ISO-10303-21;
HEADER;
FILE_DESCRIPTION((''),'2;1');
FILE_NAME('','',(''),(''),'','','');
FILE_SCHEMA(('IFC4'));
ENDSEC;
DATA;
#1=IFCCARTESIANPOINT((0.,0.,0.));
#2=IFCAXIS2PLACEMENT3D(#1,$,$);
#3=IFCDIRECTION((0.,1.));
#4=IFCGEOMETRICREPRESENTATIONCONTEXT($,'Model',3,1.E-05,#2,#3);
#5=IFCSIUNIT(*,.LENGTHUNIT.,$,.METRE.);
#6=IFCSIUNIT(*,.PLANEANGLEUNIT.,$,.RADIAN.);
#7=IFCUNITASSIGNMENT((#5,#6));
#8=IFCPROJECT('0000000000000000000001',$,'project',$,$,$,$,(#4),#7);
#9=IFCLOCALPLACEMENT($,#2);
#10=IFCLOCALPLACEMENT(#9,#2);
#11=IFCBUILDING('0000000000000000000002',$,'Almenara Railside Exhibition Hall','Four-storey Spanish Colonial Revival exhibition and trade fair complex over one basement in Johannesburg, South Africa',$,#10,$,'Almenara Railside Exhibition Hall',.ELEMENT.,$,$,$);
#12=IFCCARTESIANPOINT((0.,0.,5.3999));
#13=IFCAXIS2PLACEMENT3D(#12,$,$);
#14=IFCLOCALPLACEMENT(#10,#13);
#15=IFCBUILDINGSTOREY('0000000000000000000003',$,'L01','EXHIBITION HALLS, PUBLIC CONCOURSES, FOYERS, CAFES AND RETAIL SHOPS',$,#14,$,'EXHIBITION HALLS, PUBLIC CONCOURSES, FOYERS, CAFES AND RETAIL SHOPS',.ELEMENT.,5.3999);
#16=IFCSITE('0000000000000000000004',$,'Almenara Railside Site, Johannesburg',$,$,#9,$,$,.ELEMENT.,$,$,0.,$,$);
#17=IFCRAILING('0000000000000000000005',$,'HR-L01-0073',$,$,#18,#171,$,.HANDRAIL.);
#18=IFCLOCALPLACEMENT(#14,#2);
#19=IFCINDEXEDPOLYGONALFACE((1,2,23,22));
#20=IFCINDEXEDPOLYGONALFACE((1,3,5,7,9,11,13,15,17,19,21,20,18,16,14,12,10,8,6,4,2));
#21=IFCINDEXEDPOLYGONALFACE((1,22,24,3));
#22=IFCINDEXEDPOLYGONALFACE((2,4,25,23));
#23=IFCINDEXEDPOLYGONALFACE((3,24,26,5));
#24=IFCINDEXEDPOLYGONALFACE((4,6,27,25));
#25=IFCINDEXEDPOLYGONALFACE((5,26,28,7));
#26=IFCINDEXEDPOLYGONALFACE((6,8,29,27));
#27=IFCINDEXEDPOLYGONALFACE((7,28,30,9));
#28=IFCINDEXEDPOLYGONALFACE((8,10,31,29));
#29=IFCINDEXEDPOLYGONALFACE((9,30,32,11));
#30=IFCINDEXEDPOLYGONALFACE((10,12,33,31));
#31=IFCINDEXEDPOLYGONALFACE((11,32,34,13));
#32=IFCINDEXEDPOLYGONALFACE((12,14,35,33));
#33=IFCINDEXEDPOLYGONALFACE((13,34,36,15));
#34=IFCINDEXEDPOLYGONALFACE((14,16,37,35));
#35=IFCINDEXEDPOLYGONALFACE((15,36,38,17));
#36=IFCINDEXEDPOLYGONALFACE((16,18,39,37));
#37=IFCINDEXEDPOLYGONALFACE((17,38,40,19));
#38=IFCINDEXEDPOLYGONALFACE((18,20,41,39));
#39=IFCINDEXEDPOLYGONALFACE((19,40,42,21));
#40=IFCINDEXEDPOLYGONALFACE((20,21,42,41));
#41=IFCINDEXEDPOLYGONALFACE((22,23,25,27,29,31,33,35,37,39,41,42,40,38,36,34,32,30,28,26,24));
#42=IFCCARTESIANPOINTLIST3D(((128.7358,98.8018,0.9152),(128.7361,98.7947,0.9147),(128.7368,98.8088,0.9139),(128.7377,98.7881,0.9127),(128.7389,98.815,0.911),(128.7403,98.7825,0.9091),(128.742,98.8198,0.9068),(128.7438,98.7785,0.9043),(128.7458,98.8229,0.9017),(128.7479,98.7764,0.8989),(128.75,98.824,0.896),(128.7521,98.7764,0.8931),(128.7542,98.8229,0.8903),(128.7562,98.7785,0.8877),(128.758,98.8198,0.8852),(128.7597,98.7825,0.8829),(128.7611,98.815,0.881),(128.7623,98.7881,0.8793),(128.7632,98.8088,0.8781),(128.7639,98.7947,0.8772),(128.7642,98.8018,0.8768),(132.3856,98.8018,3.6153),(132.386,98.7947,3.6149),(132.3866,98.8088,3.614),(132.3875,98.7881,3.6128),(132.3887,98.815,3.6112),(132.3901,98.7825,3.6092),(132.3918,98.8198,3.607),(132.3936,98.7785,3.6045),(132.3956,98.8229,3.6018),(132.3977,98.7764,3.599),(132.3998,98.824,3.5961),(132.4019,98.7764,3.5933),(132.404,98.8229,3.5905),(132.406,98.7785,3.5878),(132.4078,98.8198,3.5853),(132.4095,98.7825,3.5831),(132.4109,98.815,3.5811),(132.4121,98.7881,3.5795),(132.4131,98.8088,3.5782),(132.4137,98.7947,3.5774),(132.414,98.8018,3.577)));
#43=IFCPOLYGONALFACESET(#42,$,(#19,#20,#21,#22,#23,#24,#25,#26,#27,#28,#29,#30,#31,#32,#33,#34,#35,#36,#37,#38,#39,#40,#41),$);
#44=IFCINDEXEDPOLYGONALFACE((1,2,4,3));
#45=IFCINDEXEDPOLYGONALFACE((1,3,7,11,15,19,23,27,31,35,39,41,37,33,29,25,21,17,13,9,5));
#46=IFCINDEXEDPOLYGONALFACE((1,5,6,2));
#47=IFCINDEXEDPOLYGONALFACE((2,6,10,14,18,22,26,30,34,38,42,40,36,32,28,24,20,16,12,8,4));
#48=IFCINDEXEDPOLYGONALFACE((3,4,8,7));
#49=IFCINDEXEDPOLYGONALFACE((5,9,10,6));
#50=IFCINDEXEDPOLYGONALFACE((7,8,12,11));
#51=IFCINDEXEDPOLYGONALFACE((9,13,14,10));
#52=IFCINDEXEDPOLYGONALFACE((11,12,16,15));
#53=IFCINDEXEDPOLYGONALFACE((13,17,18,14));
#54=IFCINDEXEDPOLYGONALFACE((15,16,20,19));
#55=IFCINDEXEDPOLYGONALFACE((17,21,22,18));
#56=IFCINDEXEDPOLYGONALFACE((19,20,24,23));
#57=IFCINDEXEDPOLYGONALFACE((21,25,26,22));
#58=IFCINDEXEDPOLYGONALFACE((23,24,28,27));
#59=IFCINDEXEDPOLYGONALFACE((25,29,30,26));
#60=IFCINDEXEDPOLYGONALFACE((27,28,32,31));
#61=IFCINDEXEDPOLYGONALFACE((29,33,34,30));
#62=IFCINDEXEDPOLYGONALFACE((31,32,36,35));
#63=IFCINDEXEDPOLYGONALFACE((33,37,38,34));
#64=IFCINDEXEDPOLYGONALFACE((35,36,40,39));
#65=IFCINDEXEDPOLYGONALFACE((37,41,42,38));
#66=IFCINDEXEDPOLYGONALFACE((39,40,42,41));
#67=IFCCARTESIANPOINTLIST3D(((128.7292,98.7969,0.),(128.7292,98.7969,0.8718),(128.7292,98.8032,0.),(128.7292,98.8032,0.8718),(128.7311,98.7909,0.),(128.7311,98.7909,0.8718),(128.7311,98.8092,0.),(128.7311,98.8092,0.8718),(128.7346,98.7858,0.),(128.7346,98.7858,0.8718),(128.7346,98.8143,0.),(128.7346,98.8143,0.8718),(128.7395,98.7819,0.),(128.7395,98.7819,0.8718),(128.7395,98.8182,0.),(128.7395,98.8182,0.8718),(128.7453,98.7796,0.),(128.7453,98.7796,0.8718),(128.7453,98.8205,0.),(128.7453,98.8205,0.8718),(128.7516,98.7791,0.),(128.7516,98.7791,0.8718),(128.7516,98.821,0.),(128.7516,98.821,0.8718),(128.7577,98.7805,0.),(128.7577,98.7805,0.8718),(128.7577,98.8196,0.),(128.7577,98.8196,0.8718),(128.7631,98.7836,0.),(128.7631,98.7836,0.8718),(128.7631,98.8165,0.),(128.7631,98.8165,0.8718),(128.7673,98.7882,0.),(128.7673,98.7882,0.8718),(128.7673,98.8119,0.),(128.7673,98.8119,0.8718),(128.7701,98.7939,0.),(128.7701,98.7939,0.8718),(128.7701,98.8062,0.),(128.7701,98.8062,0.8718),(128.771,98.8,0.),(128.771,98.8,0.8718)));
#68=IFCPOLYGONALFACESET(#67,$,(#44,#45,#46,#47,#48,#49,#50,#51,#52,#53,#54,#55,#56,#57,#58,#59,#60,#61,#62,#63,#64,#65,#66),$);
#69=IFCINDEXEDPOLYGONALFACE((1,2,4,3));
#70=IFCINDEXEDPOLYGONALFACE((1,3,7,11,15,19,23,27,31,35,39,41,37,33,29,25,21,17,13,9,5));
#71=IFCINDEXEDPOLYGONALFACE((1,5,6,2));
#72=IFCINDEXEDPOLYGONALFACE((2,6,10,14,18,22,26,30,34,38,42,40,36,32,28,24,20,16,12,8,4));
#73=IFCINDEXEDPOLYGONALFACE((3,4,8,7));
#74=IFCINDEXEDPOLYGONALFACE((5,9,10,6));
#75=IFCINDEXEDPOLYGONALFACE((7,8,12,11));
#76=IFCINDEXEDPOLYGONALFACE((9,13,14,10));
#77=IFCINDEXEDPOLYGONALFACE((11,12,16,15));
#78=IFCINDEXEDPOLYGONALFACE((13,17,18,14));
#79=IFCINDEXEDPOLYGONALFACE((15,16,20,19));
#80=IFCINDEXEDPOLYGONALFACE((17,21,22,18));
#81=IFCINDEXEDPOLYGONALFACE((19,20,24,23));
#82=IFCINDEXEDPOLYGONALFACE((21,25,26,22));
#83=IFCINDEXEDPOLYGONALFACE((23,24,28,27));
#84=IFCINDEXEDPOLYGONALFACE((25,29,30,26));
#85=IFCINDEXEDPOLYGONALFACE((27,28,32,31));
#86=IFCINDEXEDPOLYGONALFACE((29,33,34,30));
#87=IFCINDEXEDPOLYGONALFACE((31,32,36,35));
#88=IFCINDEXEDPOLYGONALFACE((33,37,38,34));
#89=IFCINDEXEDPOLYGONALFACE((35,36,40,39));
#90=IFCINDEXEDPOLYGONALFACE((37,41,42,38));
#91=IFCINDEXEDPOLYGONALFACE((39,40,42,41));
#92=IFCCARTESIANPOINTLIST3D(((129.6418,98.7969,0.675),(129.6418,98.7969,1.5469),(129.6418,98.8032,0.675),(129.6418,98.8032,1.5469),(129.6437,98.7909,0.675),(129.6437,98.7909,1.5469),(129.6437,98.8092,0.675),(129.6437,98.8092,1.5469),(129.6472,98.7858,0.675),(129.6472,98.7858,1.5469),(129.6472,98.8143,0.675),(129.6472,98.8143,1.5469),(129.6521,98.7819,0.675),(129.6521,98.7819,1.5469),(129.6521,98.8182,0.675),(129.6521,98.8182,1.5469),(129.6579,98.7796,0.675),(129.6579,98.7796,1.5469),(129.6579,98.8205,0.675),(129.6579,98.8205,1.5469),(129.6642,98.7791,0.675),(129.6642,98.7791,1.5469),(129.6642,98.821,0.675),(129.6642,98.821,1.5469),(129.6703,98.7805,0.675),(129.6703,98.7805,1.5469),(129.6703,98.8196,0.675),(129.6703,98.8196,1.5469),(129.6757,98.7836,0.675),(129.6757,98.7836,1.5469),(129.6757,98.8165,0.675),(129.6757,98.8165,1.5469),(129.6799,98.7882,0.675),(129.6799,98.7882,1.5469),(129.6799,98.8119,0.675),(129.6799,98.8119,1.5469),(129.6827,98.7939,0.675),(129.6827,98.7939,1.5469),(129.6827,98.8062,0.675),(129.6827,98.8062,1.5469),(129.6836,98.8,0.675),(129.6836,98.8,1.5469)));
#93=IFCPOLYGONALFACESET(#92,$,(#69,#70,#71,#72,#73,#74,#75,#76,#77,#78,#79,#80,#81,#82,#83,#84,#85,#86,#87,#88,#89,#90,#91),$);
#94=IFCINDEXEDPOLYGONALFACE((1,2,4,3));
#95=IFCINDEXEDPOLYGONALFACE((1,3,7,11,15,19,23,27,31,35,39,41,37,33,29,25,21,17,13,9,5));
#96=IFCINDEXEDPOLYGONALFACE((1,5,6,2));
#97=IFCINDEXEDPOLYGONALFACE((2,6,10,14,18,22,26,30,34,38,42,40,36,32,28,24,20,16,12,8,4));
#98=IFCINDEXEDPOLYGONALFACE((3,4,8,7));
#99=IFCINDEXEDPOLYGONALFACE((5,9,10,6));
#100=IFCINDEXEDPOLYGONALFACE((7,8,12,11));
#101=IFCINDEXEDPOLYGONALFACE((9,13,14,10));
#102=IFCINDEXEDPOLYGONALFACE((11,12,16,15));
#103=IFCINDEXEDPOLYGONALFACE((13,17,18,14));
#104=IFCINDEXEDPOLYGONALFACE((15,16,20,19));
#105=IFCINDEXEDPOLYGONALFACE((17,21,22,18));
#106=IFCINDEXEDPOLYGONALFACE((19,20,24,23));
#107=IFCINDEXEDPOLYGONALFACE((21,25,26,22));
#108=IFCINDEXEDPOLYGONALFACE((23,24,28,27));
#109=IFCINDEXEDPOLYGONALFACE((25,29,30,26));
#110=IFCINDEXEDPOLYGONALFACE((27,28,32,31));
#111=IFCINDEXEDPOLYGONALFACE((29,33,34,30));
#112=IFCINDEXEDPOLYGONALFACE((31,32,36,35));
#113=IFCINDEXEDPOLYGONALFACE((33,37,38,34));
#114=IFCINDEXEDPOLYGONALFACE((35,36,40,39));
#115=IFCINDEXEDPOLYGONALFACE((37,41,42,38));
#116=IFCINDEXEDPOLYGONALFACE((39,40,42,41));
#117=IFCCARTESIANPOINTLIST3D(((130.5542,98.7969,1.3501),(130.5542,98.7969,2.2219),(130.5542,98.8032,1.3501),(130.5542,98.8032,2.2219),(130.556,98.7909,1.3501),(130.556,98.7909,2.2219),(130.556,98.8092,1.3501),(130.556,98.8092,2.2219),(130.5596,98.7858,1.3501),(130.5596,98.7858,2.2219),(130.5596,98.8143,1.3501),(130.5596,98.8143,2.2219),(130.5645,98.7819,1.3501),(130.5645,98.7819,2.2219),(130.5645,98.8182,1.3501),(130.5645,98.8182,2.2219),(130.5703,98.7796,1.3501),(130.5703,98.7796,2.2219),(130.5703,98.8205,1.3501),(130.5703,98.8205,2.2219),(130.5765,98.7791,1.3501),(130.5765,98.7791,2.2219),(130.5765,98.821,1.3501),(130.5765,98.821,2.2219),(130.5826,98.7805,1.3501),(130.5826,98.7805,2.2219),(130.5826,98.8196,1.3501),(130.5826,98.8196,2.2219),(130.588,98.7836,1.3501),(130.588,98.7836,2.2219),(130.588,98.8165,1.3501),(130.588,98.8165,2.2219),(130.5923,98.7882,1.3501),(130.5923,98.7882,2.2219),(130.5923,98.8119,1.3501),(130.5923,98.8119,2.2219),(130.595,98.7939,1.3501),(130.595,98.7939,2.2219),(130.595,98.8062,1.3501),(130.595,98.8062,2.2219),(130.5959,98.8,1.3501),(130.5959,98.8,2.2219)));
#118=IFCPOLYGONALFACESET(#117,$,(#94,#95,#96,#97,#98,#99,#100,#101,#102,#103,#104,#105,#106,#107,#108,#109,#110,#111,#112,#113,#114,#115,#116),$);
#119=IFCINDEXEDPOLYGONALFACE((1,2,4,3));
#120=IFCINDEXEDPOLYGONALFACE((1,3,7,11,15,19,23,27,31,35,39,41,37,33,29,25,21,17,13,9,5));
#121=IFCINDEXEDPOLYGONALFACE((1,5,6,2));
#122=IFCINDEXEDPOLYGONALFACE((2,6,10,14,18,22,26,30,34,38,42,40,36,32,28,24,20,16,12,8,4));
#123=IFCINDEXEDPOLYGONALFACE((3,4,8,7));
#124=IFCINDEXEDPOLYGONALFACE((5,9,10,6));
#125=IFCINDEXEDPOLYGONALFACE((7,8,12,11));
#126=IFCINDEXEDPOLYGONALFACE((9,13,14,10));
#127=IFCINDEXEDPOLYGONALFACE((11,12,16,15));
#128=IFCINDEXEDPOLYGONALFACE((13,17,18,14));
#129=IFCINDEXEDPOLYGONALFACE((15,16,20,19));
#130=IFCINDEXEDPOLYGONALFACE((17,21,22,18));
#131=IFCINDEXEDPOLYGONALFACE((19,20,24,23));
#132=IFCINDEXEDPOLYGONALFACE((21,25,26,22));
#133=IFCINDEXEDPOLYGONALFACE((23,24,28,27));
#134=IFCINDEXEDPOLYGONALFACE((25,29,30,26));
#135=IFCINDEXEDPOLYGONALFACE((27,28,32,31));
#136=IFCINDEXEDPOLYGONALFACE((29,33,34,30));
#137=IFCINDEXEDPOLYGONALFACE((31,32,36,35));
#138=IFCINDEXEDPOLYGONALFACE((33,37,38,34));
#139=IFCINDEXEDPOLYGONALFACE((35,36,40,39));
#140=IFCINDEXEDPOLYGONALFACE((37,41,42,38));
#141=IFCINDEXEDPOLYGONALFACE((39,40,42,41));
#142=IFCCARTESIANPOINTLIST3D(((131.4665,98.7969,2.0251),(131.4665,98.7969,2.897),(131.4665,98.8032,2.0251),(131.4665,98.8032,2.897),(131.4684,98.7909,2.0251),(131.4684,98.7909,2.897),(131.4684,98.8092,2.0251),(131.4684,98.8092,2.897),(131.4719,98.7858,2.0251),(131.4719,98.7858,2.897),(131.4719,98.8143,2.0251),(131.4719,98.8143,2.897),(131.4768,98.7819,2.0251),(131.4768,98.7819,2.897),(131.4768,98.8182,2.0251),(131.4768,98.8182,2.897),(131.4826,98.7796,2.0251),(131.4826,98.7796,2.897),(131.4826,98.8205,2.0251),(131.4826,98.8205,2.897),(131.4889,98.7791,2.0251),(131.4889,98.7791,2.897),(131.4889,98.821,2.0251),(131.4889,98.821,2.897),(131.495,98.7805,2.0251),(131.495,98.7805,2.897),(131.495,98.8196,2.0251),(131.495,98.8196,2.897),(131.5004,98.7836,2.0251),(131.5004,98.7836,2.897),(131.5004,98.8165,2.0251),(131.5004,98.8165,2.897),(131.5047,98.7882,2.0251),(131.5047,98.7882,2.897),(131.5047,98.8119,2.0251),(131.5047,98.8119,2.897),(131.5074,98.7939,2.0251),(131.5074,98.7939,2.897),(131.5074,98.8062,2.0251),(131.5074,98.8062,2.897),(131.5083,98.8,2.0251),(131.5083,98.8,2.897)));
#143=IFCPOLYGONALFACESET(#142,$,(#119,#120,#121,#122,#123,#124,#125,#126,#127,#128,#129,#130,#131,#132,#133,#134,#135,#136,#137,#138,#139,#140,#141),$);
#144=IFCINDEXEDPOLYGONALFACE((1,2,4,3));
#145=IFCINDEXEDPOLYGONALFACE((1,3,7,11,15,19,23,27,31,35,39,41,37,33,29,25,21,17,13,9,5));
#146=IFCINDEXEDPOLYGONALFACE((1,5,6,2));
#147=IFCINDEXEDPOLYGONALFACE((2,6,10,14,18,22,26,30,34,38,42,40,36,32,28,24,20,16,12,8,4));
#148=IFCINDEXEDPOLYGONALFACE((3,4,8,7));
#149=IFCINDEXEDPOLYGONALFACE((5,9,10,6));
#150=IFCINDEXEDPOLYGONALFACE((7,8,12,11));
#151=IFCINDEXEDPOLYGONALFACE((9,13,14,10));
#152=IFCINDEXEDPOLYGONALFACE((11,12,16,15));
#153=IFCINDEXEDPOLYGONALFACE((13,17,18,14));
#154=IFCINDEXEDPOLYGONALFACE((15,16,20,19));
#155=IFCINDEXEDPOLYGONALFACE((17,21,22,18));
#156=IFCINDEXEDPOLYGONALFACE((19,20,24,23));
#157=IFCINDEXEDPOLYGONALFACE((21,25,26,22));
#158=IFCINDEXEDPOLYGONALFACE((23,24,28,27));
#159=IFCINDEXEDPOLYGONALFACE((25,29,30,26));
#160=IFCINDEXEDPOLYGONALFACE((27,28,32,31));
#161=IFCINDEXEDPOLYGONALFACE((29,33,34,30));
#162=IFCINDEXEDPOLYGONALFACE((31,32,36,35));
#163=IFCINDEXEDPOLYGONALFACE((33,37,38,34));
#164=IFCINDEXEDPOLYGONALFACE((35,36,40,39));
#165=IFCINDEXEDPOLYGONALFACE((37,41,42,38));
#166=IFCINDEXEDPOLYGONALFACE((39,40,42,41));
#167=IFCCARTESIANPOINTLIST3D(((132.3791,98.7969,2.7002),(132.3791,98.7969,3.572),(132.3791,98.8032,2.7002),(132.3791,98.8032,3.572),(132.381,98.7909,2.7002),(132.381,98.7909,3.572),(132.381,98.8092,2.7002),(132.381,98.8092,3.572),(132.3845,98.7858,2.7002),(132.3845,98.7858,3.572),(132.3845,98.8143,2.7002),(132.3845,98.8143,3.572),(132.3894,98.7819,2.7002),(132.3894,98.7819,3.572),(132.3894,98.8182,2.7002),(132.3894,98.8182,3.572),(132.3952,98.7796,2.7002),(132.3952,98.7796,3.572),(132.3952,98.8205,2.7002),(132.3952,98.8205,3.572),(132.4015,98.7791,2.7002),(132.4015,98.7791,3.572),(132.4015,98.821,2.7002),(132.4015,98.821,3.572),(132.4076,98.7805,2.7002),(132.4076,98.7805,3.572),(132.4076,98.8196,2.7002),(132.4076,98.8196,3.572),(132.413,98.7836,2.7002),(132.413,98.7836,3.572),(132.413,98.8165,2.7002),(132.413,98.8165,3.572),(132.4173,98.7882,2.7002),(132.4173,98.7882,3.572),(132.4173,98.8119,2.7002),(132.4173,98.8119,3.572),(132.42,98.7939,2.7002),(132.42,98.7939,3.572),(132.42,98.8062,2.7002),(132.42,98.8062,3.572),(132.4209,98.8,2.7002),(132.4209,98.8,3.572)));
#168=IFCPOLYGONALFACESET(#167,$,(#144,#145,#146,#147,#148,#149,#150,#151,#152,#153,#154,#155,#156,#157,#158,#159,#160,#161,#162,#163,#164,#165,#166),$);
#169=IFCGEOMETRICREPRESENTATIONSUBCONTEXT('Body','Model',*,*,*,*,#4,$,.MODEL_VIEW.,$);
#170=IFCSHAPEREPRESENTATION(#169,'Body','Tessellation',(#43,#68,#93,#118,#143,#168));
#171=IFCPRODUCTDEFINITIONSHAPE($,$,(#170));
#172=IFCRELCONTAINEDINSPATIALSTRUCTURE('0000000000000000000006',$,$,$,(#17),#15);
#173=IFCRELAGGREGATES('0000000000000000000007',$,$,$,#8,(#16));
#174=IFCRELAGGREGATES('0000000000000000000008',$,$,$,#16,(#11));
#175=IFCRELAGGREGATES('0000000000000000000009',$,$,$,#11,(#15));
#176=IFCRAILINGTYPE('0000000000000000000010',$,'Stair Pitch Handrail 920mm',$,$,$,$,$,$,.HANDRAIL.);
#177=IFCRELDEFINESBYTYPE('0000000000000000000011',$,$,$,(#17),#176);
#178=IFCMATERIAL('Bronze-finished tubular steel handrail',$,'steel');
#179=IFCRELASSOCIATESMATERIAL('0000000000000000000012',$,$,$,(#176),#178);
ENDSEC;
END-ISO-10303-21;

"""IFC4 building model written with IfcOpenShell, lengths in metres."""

from ifc_helpers import new_model, si_unit, direction, frame, origin, origin_2d, place, context, subcontext, project, spatial, circle, extrude, material, type_object, element, save


model = new_model("IFC4")

# Units and contexts
model_context = context("Model", 3, precision=1e-05, world=origin(), true_north=direction((0.0, 1.0)))
body_context = subcontext(model_context, "Body", "Model", "MODEL_VIEW")
ifc_project = project(units=[si_unit("LENGTHUNIT", "METRE"), si_unit("PLANEANGLEUNIT", "RADIAN")], contexts=[model_context])

# Site, building, storey
site_placement = place(None, origin())
site = spatial("IfcSite", under=ifc_project, at=site_placement, Name="Almenara Railside Site, Johannesburg", CompositionType="ELEMENT", RefElevation=0.0)
building_placement = place(site_placement, origin())
building = spatial("IfcBuilding", under=site, at=building_placement, Name="Almenara Railside Exhibition Hall", Description="Four-storey Spanish Colonial Revival exhibition and trade fair complex over one basement in Johannesburg, South Africa", LongName="Almenara Railside Exhibition Hall", CompositionType="ELEMENT")
storey_placement = place(building_placement, frame((0.0, 0.0, 5.3999)))
storey = spatial("IfcBuildingStorey", under=building, at=storey_placement, Name="L01", Description="EXHIBITION HALLS, PUBLIC CONCOURSES, FOYERS, CAFES AND RETAIL SHOPS", LongName="EXHIBITION HALLS, PUBLIC CONCOURSES, FOYERS, CAFES AND RETAIL SHOPS", CompositionType="ELEMENT", Elevation=5.3999)

# Railing
ifc_material_1 = material(Name="Bronze-finished tubular steel handrail", Category="steel")
railing_type_1 = type_object("IfcRailingType", Name="Stair Pitch Handrail 920mm", PredefinedType="HANDRAIL", material=ifc_material_1)
railing_1_placement = place(storey_placement, frame((128.75, 98.8, 0.0)))
element("IfcRailing", 1, at=railing_1_placement, inside=storey, type_object=railing_type_1, Name="HR-L01-0073", PredefinedType="HANDRAIL", context=body_context, shape_type="SweptSolid", body=[
    extrude(circle(Radius=0.0239, at=origin_2d()), frame((0.0, 0.0, 0.896), z_axis=(0.803919, 0.0, 0.594739), x_axis=(0.0, 1.0, 0.0)), (0.0, 0.0, 1.0), 4.54),
    extrude(circle(Radius=0.021, at=origin_2d()), origin(), (0.0, 0.0, 1.0), 0.8718),
    extrude(circle(Radius=0.021, at=origin_2d()), frame((0.9126, 0.0, 0.675)), (0.0, 0.0, 1.0), 0.8718),
    extrude(circle(Radius=0.021, at=origin_2d()), frame((1.825, 0.0, 1.3501)), (0.0, 0.0, 1.0), 0.8718),
    extrude(circle(Radius=0.021, at=origin_2d()), frame((2.7373, 0.0, 2.0251)), (0.0, 0.0, 1.0), 0.8718),
    extrude(circle(Radius=0.021, at=origin_2d()), frame((3.6499, 0.0, 2.7002)), (0.0, 0.0, 1.0), 0.8718),
])

save(model, "model.ifc")
